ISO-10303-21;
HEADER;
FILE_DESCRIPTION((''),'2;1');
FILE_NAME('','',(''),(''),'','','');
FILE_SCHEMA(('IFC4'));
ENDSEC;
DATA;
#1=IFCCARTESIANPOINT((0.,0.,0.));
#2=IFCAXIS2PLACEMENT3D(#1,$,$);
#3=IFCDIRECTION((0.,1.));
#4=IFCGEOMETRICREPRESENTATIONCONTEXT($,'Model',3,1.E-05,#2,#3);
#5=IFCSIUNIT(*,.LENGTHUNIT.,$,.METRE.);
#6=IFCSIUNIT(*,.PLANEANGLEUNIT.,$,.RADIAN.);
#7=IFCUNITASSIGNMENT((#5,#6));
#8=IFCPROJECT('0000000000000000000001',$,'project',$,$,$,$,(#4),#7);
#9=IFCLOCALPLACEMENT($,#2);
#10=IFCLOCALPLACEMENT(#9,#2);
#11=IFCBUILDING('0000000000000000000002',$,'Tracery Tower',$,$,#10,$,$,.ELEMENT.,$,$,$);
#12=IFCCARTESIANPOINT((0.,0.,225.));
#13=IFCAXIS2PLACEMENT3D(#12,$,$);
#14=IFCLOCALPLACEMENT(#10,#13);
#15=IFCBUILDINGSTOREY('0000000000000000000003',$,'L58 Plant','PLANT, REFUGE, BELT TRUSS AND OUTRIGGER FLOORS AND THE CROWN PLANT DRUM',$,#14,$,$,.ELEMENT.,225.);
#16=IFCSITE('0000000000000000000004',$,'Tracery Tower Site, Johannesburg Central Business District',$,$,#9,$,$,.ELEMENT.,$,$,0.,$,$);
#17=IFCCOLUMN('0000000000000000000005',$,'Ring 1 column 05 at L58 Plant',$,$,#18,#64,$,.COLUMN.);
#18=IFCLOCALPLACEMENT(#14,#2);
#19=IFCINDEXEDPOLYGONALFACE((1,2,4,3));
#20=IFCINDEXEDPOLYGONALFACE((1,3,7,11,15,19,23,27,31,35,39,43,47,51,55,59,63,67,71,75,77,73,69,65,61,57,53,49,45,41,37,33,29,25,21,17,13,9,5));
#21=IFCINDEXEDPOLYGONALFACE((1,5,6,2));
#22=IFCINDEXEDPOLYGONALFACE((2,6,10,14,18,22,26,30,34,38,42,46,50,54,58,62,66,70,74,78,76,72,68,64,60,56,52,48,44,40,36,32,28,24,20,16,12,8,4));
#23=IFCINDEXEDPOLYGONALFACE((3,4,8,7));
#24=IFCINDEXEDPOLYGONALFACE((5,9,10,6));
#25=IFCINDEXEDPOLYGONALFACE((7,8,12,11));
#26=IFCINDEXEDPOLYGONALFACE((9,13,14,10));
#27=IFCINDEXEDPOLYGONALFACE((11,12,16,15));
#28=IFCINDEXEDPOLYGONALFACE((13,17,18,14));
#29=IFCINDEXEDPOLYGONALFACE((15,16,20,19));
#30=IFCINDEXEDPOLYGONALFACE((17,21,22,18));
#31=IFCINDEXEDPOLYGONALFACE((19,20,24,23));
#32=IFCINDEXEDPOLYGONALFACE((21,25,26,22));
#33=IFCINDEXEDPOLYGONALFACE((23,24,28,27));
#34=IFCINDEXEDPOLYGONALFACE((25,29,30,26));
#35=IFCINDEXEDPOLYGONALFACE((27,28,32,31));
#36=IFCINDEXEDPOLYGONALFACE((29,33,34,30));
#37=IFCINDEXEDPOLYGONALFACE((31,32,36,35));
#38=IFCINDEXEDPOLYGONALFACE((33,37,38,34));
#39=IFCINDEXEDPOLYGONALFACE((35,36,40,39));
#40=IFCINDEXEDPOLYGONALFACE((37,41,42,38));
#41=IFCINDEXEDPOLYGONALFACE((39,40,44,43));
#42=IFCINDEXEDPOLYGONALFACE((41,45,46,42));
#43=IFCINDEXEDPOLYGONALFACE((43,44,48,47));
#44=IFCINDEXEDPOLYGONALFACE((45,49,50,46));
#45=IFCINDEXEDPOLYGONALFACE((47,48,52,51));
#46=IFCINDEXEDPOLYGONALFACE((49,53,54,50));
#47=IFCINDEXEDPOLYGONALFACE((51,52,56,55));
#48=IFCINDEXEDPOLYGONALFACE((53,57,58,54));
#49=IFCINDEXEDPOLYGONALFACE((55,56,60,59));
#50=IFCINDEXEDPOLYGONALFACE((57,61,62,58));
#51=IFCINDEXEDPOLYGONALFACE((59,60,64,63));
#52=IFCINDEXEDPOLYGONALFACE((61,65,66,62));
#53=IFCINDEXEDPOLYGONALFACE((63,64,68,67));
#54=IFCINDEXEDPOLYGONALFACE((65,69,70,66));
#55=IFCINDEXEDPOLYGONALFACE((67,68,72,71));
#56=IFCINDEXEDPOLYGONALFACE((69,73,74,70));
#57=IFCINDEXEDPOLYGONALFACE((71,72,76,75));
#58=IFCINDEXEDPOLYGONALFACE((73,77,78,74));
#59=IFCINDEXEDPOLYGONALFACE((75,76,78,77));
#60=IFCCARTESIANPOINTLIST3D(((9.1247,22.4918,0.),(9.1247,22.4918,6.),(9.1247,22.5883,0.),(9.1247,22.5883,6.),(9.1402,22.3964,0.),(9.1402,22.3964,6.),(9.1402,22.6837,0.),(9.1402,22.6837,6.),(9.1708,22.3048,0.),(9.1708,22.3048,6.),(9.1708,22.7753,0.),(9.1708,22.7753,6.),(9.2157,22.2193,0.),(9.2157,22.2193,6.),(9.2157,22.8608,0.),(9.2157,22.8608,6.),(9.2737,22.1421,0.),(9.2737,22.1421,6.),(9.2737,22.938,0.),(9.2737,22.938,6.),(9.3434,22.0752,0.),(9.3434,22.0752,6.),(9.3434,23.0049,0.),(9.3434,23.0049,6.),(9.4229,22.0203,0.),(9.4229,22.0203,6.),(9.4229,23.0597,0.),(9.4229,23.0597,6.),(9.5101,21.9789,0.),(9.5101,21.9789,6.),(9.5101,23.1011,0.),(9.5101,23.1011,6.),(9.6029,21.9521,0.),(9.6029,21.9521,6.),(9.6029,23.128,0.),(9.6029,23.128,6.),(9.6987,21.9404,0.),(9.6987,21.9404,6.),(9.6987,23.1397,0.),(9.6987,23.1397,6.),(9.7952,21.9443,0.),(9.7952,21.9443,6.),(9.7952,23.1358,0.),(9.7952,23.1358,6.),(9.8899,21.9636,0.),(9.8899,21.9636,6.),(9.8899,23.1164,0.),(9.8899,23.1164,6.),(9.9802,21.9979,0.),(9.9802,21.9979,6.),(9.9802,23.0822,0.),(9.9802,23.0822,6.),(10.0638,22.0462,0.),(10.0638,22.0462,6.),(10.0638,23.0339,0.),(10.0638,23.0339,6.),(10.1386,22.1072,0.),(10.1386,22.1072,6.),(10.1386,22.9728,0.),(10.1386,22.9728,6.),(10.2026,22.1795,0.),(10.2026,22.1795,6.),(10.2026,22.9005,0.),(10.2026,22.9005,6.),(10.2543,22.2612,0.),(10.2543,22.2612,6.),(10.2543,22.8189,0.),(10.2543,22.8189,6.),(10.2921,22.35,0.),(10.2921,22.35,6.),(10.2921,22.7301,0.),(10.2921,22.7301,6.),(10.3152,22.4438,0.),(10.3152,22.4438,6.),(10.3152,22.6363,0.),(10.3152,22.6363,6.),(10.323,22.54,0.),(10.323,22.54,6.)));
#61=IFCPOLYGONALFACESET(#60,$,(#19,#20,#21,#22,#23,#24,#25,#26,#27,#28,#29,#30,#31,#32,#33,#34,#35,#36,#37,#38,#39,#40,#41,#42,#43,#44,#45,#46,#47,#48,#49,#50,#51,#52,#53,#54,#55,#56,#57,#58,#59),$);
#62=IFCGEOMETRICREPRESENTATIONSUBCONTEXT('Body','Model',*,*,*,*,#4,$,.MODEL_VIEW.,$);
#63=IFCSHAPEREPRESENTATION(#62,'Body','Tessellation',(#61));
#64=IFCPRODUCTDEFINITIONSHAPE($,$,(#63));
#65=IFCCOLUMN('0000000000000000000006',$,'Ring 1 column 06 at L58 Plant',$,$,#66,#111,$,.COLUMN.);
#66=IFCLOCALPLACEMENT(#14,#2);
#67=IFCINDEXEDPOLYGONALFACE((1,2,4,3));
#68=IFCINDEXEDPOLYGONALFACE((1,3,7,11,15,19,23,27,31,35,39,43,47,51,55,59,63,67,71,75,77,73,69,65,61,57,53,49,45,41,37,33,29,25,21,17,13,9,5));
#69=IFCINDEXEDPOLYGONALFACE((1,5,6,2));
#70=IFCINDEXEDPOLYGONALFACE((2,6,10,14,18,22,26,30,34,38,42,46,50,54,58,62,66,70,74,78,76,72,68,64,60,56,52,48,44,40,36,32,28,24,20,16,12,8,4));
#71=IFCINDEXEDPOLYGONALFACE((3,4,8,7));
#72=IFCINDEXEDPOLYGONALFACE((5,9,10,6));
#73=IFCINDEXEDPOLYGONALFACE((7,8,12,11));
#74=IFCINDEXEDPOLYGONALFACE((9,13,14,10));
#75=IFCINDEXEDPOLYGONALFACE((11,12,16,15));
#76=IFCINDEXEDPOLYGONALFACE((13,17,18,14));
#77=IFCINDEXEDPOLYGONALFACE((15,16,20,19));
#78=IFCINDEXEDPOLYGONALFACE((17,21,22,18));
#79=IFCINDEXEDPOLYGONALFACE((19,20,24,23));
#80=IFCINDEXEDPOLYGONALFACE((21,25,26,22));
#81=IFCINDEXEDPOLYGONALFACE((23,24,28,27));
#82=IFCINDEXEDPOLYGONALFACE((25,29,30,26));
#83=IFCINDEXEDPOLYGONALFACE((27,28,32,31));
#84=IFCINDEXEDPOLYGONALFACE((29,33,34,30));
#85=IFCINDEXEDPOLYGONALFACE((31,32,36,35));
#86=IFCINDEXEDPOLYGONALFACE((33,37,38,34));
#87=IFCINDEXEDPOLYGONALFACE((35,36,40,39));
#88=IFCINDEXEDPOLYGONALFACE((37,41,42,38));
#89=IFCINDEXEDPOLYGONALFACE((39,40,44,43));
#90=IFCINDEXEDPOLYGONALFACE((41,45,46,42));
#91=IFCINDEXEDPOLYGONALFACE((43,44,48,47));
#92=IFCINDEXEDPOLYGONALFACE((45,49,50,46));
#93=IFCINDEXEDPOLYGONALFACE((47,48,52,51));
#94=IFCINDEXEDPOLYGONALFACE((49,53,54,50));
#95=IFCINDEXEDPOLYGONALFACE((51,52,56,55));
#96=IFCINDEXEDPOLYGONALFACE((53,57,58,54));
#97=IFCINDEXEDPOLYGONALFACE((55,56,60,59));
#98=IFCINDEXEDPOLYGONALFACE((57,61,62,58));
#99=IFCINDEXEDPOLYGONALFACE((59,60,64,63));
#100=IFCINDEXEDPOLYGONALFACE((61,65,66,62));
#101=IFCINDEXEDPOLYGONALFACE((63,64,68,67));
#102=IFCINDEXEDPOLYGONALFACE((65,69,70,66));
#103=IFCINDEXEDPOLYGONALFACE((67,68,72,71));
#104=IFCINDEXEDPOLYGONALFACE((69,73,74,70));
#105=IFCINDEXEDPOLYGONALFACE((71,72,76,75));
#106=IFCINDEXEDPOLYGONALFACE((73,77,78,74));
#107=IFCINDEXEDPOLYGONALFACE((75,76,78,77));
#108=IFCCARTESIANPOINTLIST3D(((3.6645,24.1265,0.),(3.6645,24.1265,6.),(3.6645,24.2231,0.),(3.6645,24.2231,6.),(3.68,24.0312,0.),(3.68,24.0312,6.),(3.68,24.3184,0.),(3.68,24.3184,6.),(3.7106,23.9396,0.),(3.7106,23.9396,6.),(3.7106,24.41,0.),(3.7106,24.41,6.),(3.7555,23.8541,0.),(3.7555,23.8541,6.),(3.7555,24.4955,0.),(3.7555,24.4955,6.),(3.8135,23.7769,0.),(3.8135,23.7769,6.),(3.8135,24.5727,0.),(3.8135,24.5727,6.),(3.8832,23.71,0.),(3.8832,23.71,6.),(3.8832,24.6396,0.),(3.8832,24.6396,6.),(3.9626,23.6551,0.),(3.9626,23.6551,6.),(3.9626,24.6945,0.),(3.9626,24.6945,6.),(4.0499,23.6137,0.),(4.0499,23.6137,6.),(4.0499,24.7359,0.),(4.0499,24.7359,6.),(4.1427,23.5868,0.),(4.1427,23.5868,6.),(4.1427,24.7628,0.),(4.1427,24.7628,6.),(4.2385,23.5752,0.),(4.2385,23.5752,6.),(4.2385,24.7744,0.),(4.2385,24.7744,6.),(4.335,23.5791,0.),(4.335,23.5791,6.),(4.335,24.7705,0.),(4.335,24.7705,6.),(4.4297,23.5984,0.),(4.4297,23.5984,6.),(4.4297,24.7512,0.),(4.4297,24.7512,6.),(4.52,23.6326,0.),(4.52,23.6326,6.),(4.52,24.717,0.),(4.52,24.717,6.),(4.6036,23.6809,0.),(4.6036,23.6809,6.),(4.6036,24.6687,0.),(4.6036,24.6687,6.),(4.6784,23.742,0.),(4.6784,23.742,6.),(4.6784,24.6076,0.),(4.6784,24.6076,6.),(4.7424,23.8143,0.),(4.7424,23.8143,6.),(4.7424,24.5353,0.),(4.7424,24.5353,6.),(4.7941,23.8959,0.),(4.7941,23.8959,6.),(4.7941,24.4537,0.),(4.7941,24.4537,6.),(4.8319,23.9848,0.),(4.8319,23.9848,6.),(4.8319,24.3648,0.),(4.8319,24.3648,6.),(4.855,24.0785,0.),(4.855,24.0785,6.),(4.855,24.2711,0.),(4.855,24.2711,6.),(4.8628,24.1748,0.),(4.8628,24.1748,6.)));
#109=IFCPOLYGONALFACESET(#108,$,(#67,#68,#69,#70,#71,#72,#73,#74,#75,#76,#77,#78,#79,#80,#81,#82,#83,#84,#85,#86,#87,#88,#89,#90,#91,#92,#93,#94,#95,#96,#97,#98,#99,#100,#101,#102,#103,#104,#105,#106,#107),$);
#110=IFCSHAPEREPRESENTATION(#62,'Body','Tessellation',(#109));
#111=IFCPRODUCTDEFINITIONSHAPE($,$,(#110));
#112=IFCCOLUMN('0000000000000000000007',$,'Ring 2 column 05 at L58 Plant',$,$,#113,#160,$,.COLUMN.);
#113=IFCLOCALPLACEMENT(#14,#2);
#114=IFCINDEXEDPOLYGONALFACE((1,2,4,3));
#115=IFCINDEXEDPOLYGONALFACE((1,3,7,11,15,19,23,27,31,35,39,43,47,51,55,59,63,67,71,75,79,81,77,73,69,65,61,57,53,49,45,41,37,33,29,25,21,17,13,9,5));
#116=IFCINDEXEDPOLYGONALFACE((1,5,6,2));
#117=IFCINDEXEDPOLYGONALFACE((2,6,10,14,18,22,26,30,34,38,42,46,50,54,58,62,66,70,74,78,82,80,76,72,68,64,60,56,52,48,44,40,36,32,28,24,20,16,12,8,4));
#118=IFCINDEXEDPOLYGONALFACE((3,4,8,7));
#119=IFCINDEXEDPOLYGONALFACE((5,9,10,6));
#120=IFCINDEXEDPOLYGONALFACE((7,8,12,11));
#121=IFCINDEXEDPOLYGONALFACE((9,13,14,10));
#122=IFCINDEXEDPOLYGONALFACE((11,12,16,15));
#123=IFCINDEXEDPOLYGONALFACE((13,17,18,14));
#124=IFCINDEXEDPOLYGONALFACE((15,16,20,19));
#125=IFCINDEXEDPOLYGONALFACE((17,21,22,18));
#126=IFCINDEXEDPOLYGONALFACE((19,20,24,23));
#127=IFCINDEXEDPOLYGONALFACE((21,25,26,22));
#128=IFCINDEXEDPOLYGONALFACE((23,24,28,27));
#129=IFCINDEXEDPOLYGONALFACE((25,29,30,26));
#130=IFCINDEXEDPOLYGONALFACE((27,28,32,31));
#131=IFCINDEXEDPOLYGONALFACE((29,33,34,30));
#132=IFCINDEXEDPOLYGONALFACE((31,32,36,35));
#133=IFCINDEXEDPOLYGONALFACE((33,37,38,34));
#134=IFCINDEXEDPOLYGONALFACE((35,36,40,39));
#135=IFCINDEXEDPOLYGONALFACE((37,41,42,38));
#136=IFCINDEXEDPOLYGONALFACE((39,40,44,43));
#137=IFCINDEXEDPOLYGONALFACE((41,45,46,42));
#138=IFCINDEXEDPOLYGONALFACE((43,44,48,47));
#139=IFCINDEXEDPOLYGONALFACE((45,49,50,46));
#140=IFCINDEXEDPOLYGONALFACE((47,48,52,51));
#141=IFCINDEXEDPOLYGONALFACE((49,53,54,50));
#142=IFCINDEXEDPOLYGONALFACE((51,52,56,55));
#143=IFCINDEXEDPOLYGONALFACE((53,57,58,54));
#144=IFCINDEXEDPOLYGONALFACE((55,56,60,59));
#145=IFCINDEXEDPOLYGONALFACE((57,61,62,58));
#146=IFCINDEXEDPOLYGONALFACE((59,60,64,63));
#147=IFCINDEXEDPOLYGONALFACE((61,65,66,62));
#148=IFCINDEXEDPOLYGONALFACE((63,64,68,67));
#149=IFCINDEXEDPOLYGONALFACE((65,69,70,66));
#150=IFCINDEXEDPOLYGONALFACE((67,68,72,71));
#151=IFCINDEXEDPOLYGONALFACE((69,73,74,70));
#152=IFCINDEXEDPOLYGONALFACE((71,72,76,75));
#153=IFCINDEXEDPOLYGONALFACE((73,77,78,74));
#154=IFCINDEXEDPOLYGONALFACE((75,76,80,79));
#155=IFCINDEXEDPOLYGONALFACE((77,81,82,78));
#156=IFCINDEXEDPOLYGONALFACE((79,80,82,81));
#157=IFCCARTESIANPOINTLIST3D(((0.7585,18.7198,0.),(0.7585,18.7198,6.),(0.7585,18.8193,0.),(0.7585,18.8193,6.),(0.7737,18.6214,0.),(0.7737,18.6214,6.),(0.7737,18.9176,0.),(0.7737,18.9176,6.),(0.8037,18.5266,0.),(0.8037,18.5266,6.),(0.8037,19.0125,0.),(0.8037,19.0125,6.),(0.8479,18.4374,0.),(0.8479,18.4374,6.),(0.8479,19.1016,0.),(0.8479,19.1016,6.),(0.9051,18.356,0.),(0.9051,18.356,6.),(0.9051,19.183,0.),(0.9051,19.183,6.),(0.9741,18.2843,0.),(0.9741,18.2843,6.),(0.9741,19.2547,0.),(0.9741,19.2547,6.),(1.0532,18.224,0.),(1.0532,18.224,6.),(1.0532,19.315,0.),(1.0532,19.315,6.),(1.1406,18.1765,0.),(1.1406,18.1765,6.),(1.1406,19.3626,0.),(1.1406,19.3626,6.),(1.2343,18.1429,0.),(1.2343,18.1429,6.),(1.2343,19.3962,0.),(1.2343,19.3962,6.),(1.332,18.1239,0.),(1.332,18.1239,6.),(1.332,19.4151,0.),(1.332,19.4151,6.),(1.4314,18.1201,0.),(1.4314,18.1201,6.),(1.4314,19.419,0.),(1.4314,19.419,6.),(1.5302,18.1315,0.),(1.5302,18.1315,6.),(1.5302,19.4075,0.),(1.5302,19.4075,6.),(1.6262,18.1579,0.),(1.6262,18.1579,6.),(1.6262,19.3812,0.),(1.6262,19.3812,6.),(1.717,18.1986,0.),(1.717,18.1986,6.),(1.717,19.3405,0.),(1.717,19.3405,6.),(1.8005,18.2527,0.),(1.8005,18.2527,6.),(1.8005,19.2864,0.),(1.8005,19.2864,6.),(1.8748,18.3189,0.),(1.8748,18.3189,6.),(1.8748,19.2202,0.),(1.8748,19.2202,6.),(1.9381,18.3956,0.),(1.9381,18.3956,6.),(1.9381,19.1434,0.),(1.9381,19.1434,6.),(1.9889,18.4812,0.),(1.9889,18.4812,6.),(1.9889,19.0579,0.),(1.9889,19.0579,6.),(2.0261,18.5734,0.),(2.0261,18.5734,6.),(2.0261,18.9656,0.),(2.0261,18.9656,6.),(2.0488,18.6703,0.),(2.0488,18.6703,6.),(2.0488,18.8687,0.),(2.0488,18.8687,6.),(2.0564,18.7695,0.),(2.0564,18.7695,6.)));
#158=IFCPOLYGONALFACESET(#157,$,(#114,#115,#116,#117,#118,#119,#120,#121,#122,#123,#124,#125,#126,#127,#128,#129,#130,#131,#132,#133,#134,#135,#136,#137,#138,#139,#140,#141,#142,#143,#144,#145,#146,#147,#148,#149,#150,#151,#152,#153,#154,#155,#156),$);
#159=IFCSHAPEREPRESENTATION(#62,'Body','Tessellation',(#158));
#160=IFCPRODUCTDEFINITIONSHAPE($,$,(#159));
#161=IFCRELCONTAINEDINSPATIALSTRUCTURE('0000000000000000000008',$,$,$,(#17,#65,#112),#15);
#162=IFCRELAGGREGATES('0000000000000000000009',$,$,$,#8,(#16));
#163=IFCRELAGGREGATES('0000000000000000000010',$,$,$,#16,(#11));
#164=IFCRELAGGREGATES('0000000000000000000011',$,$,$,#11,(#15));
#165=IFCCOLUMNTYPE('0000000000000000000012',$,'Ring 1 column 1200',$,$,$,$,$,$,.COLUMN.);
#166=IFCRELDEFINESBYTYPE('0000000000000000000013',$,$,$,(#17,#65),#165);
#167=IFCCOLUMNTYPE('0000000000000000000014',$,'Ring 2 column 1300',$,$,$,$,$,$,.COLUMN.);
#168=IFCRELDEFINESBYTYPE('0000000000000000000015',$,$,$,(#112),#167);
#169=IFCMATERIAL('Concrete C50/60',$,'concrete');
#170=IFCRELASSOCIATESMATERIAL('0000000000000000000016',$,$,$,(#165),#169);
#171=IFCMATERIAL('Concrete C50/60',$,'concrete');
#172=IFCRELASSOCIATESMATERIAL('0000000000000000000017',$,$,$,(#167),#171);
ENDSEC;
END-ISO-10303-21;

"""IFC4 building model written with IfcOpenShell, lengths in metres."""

from ifc_helpers import new_model, si_unit, direction, frame, origin, origin_2d, place, context, subcontext, project, spatial, circle, extrude, material, material_profile, profile_set, type_object, element, save


model = new_model("IFC4")

# Units and contexts
model_context = context("Model", 3, precision=1e-05, world=origin(), true_north=direction((0.0, 1.0)))
body_context = subcontext(model_context, "Body", "Model", "MODEL_VIEW")
ifc_project = project(units=[si_unit("LENGTHUNIT", "METRE"), si_unit("PLANEANGLEUNIT", "RADIAN")], contexts=[model_context])

# Site, building, storey
site_placement = place(None, origin())
site = spatial("IfcSite", under=ifc_project, at=site_placement, Name="Tracery Tower Site, Johannesburg Central Business District", CompositionType="ELEMENT", RefElevation=0.0)
building_placement = place(site_placement, origin())
building = spatial("IfcBuilding", under=site, at=building_placement, Name="Tracery Tower", CompositionType="ELEMENT")
storey_placement = place(building_placement, frame((0.0, 0.0, 225.0)))
storey = spatial("IfcBuildingStorey", under=building, at=storey_placement, Name="L58 Plant", Description="PLANT, REFUGE, BELT TRUSS AND OUTRIGGER FLOORS AND THE CROWN PLANT DRUM", CompositionType="ELEMENT", Elevation=225.0)

# Columns
ifc_material_1 = material(Name="Concrete C50/60", Category="concrete")
ifc_material_profile_1 = material_profile(ifc_material_1, circle(Radius=0.6001, at=origin_2d()), Name="RC D1200")
ifc_profile_set_1 = profile_set([ifc_material_profile_1], Name="Concrete C50/60")
column_type_1 = type_object("IfcColumnType", Name="Ring 1 column 1200", PredefinedType="COLUMN", material=ifc_profile_set_1)
for number, where, z_axis, x_axis, name in (
    (1, (9.7229, 22.54, 0.0), (0.0, 0.0, 1.0), (1.0, 0.0, 0.0), "Ring 1 column 05 at L58 Plant"),
    (2, (4.2627, 24.1748, 0.0), (0.0, 0.0, 1.0), (1.0, 0.0, 0.0), "Ring 1 column 06 at L58 Plant"),
):
    element("IfcColumn", number, at=place(storey_placement, frame(where, z_axis=z_axis, x_axis=x_axis)), inside=storey, type_object=column_type_1, Name=name, PredefinedType="COLUMN", context=body_context, shape_type="SweptSolid", body=[
        extrude(circle(Radius=0.6001, at=origin_2d()), origin(), (0.0, 0.0, 1.0), 6.0),
    ])
ifc_material_2 = material(Name="Concrete C50/60", Category="concrete")
ifc_material_profile_2 = material_profile(ifc_material_2, circle(Radius=0.6499, at=origin_2d()), Name="RC D1300")
ifc_profile_set_2 = profile_set([ifc_material_profile_2], Name="Concrete C50/60")
column_type_2 = type_object("IfcColumnType", Name="Ring 2 column 1300", PredefinedType="COLUMN", material=ifc_profile_set_2)
column_placement = place(storey_placement, frame((1.4065, 18.7695, 0.0), z_axis=(0.0, 0.0, 1.0), x_axis=(1.0, 0.0, 0.0)))
element("IfcColumn", 3, at=column_placement, inside=storey, type_object=column_type_2, Name="Ring 2 column 05 at L58 Plant", PredefinedType="COLUMN", context=body_context, shape_type="SweptSolid", body=[
    extrude(circle(Radius=0.6499, at=origin_2d()), origin(), (0.0, 0.0, 1.0), 6.0),
])

save(model, "model.ifc")
